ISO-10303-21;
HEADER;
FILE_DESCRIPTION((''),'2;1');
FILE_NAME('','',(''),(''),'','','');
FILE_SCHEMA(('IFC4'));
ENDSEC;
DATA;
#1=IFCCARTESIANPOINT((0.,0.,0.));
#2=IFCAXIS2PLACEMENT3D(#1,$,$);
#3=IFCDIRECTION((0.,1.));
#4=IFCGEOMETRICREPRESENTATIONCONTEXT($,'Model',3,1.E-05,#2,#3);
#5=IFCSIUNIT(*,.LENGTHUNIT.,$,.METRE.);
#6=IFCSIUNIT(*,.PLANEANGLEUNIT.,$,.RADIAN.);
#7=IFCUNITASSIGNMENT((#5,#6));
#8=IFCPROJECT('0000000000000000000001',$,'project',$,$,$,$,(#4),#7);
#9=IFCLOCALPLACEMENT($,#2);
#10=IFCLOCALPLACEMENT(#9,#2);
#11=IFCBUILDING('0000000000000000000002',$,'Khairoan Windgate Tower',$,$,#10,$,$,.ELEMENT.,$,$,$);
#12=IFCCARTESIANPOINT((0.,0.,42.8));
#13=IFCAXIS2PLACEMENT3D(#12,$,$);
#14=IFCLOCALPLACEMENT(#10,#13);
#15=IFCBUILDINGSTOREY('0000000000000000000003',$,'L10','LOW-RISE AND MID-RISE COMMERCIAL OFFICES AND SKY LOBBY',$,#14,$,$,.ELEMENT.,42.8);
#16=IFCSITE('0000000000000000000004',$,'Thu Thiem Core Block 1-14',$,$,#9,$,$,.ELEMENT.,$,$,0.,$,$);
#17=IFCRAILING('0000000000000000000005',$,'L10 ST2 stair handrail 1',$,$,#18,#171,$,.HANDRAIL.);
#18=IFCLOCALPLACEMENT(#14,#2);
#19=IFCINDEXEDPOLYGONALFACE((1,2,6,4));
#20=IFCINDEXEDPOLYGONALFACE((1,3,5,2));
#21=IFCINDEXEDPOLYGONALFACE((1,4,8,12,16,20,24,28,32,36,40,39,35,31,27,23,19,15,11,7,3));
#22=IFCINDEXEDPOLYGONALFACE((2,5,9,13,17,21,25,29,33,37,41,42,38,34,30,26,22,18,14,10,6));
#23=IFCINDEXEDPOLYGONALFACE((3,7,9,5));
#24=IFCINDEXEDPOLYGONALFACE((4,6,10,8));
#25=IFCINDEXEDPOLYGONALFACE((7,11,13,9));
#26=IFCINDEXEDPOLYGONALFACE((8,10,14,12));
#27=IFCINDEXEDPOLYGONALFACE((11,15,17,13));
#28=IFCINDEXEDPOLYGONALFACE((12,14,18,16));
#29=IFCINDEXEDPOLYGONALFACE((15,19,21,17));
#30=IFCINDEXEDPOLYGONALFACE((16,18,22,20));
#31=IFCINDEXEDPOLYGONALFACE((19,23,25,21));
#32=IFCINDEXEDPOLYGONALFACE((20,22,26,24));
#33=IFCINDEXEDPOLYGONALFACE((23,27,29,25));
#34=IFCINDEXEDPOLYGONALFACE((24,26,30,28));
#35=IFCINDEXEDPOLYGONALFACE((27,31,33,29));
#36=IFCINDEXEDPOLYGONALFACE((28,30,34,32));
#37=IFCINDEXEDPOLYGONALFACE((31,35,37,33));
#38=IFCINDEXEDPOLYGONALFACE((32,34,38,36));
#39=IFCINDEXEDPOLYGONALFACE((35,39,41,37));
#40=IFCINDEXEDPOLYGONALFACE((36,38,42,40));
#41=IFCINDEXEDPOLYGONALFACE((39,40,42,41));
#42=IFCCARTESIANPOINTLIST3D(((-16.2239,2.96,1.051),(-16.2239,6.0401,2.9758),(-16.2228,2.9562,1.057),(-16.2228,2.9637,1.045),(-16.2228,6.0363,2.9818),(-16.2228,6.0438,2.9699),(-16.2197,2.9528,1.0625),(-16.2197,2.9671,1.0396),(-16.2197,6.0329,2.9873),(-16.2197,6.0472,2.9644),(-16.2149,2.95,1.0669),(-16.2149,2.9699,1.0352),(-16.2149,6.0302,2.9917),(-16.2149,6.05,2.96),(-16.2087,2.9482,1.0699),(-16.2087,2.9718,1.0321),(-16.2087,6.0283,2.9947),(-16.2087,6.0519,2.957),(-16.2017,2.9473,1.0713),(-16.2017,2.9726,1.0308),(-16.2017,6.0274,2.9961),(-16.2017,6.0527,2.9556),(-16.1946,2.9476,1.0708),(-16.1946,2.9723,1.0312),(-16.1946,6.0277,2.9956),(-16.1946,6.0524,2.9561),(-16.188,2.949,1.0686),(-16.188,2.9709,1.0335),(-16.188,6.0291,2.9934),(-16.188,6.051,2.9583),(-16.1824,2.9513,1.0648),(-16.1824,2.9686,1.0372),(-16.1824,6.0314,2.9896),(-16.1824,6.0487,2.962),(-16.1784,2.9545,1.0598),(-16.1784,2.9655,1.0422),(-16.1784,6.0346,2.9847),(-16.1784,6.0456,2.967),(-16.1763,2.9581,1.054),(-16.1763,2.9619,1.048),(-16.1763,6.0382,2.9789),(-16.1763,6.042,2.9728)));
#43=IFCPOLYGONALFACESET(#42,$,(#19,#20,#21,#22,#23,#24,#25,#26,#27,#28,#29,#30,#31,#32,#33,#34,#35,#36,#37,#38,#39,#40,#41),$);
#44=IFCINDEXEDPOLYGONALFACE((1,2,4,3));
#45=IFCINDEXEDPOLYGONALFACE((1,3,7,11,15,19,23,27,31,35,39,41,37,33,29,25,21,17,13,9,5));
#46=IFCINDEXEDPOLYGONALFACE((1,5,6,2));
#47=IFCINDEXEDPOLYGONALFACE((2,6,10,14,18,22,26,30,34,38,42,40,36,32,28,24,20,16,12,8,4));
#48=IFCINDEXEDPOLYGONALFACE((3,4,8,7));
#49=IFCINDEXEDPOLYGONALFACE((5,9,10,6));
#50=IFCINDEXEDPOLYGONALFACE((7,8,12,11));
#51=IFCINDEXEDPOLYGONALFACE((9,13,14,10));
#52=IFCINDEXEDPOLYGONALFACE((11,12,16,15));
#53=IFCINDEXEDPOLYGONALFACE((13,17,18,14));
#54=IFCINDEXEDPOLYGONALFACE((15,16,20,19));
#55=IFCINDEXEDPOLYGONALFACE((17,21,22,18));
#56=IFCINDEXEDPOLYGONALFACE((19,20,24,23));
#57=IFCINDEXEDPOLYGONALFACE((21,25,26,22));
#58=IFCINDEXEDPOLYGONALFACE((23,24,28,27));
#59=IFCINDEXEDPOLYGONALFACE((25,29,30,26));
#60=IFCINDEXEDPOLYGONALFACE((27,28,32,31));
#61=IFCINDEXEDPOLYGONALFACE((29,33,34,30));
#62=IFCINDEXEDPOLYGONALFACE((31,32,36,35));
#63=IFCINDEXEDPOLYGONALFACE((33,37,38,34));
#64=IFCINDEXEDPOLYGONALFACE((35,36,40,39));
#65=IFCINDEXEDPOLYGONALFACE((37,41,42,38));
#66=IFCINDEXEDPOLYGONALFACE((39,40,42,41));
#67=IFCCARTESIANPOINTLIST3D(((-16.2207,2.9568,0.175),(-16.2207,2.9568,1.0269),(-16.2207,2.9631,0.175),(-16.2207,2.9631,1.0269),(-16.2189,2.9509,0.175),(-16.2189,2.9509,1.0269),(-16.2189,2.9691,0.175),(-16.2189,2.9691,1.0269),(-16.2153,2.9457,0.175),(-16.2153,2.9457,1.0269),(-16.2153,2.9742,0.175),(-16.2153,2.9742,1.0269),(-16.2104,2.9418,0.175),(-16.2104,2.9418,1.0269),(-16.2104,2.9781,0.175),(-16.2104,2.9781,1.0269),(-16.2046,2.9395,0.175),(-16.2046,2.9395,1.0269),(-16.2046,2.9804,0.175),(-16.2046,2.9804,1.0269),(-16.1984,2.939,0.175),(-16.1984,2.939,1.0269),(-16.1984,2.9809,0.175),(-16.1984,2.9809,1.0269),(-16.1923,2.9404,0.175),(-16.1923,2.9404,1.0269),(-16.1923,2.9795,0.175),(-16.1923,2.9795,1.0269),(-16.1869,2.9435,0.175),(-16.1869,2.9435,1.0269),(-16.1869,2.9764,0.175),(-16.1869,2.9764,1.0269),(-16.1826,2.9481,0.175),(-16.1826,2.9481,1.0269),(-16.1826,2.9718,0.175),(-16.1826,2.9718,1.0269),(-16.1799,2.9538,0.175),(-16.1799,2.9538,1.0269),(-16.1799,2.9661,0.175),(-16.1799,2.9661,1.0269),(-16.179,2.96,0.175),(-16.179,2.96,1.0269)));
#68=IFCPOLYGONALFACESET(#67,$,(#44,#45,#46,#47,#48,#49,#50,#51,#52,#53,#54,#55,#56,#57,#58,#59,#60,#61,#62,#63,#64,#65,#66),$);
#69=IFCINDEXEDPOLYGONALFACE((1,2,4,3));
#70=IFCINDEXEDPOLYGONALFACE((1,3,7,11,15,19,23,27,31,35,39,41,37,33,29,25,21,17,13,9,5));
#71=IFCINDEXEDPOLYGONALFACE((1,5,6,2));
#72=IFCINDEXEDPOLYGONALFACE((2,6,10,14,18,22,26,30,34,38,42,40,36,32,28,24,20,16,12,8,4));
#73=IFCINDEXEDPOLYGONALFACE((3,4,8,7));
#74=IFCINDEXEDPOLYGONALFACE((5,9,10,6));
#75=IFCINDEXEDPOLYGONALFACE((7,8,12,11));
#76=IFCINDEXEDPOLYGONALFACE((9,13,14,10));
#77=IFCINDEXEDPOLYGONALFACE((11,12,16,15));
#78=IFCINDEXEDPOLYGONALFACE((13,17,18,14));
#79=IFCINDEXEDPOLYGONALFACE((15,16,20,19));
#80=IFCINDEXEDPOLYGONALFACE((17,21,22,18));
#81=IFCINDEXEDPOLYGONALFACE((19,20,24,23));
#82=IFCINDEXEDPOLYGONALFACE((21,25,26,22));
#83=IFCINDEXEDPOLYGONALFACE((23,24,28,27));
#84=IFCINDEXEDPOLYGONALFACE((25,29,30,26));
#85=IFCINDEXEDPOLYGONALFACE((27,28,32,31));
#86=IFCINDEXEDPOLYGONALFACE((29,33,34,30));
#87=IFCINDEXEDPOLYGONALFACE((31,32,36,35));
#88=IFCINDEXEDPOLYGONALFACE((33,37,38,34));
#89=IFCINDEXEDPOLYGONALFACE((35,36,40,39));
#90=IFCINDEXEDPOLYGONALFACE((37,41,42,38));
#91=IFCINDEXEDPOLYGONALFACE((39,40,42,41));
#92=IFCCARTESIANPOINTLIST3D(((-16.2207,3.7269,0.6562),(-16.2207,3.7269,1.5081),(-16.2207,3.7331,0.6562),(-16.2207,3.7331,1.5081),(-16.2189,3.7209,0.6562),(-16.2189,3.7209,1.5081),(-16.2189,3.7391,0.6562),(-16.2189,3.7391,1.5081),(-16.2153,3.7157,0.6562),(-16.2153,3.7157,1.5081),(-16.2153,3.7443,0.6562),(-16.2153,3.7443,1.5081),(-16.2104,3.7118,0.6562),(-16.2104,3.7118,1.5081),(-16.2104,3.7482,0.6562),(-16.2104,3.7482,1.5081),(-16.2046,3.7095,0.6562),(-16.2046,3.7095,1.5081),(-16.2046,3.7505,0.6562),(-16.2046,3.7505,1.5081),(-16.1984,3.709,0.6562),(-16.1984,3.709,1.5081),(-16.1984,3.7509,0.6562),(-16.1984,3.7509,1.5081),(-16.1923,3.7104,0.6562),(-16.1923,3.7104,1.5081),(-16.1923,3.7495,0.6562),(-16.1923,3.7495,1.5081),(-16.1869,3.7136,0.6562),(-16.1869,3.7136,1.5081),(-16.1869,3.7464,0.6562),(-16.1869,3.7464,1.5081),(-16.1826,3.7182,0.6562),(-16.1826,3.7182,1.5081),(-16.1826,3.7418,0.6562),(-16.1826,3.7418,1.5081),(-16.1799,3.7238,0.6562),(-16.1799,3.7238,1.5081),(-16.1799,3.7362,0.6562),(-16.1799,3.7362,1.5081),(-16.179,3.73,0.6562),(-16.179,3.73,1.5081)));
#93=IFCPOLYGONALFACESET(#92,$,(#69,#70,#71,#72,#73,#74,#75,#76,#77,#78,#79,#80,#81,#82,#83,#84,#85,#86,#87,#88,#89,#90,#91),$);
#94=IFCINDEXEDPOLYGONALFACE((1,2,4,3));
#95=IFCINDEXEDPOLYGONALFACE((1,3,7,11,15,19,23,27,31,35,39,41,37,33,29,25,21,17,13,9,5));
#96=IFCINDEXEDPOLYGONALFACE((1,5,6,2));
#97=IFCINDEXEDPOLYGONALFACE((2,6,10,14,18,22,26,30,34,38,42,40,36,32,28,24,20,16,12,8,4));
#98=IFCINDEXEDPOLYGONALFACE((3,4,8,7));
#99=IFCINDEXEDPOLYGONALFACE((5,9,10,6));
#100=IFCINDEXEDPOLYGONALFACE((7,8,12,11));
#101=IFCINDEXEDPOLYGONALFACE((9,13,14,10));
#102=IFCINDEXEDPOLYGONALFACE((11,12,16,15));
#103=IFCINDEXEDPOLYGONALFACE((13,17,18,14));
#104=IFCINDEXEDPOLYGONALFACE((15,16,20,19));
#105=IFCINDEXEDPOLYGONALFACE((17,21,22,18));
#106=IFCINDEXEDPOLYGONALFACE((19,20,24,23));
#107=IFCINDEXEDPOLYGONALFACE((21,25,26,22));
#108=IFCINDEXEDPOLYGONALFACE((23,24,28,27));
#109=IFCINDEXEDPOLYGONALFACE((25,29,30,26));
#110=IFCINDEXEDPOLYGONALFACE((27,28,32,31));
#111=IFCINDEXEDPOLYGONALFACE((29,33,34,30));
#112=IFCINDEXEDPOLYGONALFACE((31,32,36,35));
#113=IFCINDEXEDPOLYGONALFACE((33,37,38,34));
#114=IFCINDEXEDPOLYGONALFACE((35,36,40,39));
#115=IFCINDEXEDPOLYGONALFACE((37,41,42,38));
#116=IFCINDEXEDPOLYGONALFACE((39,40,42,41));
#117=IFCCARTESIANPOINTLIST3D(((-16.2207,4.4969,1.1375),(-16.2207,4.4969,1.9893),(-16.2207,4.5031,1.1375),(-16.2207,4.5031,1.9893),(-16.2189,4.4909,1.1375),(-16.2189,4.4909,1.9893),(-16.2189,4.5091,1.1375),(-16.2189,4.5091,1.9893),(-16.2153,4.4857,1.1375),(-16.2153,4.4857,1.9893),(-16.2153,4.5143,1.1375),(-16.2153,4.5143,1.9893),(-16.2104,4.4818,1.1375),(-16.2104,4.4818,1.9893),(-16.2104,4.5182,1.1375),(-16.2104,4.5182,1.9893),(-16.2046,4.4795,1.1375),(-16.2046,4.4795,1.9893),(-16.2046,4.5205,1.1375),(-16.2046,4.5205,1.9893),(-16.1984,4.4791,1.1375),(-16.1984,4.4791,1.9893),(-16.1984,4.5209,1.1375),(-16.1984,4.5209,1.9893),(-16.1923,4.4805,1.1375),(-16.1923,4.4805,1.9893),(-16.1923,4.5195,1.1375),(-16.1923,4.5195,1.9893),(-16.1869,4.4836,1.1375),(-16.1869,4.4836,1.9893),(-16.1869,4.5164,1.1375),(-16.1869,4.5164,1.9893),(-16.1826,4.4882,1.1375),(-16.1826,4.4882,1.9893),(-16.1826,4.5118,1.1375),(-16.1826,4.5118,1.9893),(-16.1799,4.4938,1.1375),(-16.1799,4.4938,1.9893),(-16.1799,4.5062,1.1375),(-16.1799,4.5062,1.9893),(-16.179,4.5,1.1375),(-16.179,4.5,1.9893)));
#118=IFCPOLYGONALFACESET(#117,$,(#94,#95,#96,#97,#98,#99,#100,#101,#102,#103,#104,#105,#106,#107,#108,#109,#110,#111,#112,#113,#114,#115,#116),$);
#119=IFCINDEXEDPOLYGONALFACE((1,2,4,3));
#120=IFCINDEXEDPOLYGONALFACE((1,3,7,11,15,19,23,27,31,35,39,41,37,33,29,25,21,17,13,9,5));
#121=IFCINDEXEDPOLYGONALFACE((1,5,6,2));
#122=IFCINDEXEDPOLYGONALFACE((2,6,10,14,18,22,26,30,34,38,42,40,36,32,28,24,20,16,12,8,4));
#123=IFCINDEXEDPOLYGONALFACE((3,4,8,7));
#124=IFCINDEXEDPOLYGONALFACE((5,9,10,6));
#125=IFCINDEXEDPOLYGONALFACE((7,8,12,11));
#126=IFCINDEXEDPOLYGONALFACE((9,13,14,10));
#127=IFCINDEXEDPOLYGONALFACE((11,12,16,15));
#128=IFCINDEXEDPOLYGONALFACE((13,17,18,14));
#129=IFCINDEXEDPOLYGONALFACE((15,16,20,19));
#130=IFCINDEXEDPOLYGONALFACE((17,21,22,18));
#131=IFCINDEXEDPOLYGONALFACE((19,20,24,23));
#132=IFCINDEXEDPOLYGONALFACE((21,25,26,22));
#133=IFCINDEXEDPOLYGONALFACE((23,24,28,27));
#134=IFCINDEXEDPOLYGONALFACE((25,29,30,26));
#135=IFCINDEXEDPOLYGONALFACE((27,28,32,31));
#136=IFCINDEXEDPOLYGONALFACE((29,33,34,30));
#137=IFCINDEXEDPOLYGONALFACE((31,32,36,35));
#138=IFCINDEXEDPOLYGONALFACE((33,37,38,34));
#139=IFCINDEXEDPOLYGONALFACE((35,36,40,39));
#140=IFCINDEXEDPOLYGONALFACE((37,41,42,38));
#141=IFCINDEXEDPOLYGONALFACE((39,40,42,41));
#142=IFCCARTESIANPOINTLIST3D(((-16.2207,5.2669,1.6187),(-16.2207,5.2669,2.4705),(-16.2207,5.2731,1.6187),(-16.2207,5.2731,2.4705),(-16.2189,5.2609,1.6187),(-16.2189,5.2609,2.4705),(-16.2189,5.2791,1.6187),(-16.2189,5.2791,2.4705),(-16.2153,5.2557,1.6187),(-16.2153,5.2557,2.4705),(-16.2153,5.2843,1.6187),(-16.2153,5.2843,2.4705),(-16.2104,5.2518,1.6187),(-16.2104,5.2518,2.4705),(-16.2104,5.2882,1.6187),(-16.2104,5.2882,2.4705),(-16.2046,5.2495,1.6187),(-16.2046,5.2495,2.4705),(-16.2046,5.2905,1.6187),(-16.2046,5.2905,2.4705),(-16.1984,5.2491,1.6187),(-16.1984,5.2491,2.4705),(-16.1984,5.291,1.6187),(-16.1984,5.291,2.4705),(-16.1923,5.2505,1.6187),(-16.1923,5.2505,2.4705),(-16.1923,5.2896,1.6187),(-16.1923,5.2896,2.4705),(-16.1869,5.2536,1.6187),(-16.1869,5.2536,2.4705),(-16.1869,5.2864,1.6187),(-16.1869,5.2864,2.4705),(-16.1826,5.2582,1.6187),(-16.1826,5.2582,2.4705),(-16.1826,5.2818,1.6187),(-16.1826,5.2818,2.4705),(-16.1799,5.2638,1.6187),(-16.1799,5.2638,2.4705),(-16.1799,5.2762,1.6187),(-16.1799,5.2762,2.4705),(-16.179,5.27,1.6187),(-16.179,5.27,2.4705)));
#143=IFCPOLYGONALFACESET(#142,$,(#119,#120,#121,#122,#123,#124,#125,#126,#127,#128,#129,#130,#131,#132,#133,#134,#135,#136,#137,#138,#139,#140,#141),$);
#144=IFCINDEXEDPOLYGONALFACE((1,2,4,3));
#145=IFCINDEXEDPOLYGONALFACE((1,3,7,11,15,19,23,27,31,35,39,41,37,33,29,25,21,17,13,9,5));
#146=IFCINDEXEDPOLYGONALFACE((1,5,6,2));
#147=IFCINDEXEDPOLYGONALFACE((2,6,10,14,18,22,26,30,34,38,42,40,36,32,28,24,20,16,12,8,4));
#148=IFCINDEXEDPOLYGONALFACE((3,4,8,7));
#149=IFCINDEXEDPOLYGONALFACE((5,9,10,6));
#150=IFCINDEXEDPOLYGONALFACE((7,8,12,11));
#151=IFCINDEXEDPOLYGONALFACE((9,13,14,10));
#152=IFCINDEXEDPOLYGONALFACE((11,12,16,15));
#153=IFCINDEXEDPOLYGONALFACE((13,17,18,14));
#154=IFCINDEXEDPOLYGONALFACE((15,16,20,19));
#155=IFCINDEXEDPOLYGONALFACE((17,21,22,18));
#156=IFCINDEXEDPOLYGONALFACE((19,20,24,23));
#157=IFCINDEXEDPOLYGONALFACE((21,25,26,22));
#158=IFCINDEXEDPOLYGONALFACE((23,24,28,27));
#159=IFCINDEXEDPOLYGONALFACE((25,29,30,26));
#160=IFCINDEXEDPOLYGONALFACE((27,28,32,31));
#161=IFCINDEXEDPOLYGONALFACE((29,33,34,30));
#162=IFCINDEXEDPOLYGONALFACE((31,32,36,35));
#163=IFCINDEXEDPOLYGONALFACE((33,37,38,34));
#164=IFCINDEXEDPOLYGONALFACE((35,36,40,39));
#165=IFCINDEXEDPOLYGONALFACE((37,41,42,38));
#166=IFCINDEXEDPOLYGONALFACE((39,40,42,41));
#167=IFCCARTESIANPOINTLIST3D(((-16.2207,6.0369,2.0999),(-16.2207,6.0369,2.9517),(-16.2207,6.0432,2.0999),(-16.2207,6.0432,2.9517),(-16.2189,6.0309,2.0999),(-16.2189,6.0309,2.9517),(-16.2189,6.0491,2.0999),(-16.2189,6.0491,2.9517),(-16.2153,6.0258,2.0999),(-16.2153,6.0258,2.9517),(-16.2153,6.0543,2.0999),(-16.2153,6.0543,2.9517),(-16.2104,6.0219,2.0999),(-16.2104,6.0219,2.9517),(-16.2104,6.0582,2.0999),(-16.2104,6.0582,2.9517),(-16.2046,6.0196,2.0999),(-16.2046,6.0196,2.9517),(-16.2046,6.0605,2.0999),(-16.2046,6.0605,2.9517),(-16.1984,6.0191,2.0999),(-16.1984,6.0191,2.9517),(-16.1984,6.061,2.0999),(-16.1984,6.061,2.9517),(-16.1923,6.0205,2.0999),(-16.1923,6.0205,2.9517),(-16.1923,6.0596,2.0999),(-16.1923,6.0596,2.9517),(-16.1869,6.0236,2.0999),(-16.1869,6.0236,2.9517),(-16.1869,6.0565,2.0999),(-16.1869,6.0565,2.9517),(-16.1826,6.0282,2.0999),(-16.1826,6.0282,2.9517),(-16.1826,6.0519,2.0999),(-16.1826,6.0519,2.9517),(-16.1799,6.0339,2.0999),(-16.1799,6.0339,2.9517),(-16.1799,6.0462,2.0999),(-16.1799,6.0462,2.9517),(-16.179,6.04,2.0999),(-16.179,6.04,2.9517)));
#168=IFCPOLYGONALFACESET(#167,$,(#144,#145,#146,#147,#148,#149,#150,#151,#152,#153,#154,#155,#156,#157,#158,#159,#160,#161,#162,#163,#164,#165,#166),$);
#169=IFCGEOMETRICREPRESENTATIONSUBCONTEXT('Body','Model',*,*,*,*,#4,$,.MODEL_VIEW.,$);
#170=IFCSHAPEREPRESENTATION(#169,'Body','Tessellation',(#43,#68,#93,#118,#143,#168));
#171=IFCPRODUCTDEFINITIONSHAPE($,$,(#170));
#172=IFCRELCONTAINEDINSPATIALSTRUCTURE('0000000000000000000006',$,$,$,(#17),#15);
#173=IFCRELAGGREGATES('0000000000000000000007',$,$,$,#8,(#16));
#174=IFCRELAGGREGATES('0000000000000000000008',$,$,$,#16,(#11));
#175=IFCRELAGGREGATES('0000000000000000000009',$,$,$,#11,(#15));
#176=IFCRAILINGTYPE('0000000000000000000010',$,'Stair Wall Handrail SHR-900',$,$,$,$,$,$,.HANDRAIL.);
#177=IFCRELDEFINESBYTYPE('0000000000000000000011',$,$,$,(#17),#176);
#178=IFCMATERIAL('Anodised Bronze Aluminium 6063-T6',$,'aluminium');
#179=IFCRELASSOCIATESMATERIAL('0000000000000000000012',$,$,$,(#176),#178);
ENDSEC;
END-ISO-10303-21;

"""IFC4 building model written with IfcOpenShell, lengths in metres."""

from ifc_helpers import new_model, si_unit, direction, frame, origin, origin_2d, place, context, subcontext, project, spatial, circle, extrude, material, type_object, element, save


model = new_model("IFC4")

# Units and contexts
model_context = context("Model", 3, precision=1e-05, world=origin(), true_north=direction((0.0, 1.0)))
body_context = subcontext(model_context, "Body", "Model", "MODEL_VIEW")
ifc_project = project(units=[si_unit("LENGTHUNIT", "METRE"), si_unit("PLANEANGLEUNIT", "RADIAN")], contexts=[model_context])

# Site, building, storey
site_placement = place(None, origin())
site = spatial("IfcSite", under=ifc_project, at=site_placement, Name="Thu Thiem Core Block 1-14", CompositionType="ELEMENT", RefElevation=0.0)
building_placement = place(site_placement, origin())
building = spatial("IfcBuilding", under=site, at=building_placement, Name="Khairoan Windgate Tower", CompositionType="ELEMENT")
storey_placement = place(building_placement, frame((0.0, 0.0, 42.8)))
storey = spatial("IfcBuildingStorey", under=building, at=storey_placement, Name="L10", Description="LOW-RISE AND MID-RISE COMMERCIAL OFFICES AND SKY LOBBY", CompositionType="ELEMENT", Elevation=42.8)

# Railing
ifc_material_1 = material(Name="Anodised Bronze Aluminium 6063-T6", Category="aluminium")
railing_type_1 = type_object("IfcRailingType", Name="Stair Wall Handrail SHR-900", PredefinedType="HANDRAIL", material=ifc_material_1)
railing_1_placement = place(storey_placement, frame((-16.2, 2.96, 0.175)))
element("IfcRailing", 1, at=railing_1_placement, inside=storey, type_object=railing_type_1, Name="L10 ST2 stair handrail 1", PredefinedType="HANDRAIL", context=body_context, shape_type="SweptSolid", body=[
    extrude(circle(Radius=0.0239, at=origin_2d()), frame((0.0, 0.0, 0.876), z_axis=(0.0, 0.848029, 0.529951), x_axis=(-1.0, 0.0, 0.0)), (0.0, 0.0, 1.0), 3.6321),
    extrude(circle(Radius=0.021, at=origin_2d()), origin(), (0.0, 0.0, 1.0), 0.8518),
    extrude(circle(Radius=0.021, at=origin_2d()), frame((0.0, 0.77, 0.4812)), (0.0, 0.0, 1.0), 0.8518),
    extrude(circle(Radius=0.021, at=origin_2d()), frame((0.0, 1.54, 0.9624)), (0.0, 0.0, 1.0), 0.8518),
    extrude(circle(Radius=0.021, at=origin_2d()), frame((0.0, 2.3101, 1.4436)), (0.0, 0.0, 1.0), 0.8518),
    extrude(circle(Radius=0.021, at=origin_2d()), frame((0.0, 3.0801, 1.9248)), (0.0, 0.0, 1.0), 0.8518),
])

save(model, "model.ifc")
